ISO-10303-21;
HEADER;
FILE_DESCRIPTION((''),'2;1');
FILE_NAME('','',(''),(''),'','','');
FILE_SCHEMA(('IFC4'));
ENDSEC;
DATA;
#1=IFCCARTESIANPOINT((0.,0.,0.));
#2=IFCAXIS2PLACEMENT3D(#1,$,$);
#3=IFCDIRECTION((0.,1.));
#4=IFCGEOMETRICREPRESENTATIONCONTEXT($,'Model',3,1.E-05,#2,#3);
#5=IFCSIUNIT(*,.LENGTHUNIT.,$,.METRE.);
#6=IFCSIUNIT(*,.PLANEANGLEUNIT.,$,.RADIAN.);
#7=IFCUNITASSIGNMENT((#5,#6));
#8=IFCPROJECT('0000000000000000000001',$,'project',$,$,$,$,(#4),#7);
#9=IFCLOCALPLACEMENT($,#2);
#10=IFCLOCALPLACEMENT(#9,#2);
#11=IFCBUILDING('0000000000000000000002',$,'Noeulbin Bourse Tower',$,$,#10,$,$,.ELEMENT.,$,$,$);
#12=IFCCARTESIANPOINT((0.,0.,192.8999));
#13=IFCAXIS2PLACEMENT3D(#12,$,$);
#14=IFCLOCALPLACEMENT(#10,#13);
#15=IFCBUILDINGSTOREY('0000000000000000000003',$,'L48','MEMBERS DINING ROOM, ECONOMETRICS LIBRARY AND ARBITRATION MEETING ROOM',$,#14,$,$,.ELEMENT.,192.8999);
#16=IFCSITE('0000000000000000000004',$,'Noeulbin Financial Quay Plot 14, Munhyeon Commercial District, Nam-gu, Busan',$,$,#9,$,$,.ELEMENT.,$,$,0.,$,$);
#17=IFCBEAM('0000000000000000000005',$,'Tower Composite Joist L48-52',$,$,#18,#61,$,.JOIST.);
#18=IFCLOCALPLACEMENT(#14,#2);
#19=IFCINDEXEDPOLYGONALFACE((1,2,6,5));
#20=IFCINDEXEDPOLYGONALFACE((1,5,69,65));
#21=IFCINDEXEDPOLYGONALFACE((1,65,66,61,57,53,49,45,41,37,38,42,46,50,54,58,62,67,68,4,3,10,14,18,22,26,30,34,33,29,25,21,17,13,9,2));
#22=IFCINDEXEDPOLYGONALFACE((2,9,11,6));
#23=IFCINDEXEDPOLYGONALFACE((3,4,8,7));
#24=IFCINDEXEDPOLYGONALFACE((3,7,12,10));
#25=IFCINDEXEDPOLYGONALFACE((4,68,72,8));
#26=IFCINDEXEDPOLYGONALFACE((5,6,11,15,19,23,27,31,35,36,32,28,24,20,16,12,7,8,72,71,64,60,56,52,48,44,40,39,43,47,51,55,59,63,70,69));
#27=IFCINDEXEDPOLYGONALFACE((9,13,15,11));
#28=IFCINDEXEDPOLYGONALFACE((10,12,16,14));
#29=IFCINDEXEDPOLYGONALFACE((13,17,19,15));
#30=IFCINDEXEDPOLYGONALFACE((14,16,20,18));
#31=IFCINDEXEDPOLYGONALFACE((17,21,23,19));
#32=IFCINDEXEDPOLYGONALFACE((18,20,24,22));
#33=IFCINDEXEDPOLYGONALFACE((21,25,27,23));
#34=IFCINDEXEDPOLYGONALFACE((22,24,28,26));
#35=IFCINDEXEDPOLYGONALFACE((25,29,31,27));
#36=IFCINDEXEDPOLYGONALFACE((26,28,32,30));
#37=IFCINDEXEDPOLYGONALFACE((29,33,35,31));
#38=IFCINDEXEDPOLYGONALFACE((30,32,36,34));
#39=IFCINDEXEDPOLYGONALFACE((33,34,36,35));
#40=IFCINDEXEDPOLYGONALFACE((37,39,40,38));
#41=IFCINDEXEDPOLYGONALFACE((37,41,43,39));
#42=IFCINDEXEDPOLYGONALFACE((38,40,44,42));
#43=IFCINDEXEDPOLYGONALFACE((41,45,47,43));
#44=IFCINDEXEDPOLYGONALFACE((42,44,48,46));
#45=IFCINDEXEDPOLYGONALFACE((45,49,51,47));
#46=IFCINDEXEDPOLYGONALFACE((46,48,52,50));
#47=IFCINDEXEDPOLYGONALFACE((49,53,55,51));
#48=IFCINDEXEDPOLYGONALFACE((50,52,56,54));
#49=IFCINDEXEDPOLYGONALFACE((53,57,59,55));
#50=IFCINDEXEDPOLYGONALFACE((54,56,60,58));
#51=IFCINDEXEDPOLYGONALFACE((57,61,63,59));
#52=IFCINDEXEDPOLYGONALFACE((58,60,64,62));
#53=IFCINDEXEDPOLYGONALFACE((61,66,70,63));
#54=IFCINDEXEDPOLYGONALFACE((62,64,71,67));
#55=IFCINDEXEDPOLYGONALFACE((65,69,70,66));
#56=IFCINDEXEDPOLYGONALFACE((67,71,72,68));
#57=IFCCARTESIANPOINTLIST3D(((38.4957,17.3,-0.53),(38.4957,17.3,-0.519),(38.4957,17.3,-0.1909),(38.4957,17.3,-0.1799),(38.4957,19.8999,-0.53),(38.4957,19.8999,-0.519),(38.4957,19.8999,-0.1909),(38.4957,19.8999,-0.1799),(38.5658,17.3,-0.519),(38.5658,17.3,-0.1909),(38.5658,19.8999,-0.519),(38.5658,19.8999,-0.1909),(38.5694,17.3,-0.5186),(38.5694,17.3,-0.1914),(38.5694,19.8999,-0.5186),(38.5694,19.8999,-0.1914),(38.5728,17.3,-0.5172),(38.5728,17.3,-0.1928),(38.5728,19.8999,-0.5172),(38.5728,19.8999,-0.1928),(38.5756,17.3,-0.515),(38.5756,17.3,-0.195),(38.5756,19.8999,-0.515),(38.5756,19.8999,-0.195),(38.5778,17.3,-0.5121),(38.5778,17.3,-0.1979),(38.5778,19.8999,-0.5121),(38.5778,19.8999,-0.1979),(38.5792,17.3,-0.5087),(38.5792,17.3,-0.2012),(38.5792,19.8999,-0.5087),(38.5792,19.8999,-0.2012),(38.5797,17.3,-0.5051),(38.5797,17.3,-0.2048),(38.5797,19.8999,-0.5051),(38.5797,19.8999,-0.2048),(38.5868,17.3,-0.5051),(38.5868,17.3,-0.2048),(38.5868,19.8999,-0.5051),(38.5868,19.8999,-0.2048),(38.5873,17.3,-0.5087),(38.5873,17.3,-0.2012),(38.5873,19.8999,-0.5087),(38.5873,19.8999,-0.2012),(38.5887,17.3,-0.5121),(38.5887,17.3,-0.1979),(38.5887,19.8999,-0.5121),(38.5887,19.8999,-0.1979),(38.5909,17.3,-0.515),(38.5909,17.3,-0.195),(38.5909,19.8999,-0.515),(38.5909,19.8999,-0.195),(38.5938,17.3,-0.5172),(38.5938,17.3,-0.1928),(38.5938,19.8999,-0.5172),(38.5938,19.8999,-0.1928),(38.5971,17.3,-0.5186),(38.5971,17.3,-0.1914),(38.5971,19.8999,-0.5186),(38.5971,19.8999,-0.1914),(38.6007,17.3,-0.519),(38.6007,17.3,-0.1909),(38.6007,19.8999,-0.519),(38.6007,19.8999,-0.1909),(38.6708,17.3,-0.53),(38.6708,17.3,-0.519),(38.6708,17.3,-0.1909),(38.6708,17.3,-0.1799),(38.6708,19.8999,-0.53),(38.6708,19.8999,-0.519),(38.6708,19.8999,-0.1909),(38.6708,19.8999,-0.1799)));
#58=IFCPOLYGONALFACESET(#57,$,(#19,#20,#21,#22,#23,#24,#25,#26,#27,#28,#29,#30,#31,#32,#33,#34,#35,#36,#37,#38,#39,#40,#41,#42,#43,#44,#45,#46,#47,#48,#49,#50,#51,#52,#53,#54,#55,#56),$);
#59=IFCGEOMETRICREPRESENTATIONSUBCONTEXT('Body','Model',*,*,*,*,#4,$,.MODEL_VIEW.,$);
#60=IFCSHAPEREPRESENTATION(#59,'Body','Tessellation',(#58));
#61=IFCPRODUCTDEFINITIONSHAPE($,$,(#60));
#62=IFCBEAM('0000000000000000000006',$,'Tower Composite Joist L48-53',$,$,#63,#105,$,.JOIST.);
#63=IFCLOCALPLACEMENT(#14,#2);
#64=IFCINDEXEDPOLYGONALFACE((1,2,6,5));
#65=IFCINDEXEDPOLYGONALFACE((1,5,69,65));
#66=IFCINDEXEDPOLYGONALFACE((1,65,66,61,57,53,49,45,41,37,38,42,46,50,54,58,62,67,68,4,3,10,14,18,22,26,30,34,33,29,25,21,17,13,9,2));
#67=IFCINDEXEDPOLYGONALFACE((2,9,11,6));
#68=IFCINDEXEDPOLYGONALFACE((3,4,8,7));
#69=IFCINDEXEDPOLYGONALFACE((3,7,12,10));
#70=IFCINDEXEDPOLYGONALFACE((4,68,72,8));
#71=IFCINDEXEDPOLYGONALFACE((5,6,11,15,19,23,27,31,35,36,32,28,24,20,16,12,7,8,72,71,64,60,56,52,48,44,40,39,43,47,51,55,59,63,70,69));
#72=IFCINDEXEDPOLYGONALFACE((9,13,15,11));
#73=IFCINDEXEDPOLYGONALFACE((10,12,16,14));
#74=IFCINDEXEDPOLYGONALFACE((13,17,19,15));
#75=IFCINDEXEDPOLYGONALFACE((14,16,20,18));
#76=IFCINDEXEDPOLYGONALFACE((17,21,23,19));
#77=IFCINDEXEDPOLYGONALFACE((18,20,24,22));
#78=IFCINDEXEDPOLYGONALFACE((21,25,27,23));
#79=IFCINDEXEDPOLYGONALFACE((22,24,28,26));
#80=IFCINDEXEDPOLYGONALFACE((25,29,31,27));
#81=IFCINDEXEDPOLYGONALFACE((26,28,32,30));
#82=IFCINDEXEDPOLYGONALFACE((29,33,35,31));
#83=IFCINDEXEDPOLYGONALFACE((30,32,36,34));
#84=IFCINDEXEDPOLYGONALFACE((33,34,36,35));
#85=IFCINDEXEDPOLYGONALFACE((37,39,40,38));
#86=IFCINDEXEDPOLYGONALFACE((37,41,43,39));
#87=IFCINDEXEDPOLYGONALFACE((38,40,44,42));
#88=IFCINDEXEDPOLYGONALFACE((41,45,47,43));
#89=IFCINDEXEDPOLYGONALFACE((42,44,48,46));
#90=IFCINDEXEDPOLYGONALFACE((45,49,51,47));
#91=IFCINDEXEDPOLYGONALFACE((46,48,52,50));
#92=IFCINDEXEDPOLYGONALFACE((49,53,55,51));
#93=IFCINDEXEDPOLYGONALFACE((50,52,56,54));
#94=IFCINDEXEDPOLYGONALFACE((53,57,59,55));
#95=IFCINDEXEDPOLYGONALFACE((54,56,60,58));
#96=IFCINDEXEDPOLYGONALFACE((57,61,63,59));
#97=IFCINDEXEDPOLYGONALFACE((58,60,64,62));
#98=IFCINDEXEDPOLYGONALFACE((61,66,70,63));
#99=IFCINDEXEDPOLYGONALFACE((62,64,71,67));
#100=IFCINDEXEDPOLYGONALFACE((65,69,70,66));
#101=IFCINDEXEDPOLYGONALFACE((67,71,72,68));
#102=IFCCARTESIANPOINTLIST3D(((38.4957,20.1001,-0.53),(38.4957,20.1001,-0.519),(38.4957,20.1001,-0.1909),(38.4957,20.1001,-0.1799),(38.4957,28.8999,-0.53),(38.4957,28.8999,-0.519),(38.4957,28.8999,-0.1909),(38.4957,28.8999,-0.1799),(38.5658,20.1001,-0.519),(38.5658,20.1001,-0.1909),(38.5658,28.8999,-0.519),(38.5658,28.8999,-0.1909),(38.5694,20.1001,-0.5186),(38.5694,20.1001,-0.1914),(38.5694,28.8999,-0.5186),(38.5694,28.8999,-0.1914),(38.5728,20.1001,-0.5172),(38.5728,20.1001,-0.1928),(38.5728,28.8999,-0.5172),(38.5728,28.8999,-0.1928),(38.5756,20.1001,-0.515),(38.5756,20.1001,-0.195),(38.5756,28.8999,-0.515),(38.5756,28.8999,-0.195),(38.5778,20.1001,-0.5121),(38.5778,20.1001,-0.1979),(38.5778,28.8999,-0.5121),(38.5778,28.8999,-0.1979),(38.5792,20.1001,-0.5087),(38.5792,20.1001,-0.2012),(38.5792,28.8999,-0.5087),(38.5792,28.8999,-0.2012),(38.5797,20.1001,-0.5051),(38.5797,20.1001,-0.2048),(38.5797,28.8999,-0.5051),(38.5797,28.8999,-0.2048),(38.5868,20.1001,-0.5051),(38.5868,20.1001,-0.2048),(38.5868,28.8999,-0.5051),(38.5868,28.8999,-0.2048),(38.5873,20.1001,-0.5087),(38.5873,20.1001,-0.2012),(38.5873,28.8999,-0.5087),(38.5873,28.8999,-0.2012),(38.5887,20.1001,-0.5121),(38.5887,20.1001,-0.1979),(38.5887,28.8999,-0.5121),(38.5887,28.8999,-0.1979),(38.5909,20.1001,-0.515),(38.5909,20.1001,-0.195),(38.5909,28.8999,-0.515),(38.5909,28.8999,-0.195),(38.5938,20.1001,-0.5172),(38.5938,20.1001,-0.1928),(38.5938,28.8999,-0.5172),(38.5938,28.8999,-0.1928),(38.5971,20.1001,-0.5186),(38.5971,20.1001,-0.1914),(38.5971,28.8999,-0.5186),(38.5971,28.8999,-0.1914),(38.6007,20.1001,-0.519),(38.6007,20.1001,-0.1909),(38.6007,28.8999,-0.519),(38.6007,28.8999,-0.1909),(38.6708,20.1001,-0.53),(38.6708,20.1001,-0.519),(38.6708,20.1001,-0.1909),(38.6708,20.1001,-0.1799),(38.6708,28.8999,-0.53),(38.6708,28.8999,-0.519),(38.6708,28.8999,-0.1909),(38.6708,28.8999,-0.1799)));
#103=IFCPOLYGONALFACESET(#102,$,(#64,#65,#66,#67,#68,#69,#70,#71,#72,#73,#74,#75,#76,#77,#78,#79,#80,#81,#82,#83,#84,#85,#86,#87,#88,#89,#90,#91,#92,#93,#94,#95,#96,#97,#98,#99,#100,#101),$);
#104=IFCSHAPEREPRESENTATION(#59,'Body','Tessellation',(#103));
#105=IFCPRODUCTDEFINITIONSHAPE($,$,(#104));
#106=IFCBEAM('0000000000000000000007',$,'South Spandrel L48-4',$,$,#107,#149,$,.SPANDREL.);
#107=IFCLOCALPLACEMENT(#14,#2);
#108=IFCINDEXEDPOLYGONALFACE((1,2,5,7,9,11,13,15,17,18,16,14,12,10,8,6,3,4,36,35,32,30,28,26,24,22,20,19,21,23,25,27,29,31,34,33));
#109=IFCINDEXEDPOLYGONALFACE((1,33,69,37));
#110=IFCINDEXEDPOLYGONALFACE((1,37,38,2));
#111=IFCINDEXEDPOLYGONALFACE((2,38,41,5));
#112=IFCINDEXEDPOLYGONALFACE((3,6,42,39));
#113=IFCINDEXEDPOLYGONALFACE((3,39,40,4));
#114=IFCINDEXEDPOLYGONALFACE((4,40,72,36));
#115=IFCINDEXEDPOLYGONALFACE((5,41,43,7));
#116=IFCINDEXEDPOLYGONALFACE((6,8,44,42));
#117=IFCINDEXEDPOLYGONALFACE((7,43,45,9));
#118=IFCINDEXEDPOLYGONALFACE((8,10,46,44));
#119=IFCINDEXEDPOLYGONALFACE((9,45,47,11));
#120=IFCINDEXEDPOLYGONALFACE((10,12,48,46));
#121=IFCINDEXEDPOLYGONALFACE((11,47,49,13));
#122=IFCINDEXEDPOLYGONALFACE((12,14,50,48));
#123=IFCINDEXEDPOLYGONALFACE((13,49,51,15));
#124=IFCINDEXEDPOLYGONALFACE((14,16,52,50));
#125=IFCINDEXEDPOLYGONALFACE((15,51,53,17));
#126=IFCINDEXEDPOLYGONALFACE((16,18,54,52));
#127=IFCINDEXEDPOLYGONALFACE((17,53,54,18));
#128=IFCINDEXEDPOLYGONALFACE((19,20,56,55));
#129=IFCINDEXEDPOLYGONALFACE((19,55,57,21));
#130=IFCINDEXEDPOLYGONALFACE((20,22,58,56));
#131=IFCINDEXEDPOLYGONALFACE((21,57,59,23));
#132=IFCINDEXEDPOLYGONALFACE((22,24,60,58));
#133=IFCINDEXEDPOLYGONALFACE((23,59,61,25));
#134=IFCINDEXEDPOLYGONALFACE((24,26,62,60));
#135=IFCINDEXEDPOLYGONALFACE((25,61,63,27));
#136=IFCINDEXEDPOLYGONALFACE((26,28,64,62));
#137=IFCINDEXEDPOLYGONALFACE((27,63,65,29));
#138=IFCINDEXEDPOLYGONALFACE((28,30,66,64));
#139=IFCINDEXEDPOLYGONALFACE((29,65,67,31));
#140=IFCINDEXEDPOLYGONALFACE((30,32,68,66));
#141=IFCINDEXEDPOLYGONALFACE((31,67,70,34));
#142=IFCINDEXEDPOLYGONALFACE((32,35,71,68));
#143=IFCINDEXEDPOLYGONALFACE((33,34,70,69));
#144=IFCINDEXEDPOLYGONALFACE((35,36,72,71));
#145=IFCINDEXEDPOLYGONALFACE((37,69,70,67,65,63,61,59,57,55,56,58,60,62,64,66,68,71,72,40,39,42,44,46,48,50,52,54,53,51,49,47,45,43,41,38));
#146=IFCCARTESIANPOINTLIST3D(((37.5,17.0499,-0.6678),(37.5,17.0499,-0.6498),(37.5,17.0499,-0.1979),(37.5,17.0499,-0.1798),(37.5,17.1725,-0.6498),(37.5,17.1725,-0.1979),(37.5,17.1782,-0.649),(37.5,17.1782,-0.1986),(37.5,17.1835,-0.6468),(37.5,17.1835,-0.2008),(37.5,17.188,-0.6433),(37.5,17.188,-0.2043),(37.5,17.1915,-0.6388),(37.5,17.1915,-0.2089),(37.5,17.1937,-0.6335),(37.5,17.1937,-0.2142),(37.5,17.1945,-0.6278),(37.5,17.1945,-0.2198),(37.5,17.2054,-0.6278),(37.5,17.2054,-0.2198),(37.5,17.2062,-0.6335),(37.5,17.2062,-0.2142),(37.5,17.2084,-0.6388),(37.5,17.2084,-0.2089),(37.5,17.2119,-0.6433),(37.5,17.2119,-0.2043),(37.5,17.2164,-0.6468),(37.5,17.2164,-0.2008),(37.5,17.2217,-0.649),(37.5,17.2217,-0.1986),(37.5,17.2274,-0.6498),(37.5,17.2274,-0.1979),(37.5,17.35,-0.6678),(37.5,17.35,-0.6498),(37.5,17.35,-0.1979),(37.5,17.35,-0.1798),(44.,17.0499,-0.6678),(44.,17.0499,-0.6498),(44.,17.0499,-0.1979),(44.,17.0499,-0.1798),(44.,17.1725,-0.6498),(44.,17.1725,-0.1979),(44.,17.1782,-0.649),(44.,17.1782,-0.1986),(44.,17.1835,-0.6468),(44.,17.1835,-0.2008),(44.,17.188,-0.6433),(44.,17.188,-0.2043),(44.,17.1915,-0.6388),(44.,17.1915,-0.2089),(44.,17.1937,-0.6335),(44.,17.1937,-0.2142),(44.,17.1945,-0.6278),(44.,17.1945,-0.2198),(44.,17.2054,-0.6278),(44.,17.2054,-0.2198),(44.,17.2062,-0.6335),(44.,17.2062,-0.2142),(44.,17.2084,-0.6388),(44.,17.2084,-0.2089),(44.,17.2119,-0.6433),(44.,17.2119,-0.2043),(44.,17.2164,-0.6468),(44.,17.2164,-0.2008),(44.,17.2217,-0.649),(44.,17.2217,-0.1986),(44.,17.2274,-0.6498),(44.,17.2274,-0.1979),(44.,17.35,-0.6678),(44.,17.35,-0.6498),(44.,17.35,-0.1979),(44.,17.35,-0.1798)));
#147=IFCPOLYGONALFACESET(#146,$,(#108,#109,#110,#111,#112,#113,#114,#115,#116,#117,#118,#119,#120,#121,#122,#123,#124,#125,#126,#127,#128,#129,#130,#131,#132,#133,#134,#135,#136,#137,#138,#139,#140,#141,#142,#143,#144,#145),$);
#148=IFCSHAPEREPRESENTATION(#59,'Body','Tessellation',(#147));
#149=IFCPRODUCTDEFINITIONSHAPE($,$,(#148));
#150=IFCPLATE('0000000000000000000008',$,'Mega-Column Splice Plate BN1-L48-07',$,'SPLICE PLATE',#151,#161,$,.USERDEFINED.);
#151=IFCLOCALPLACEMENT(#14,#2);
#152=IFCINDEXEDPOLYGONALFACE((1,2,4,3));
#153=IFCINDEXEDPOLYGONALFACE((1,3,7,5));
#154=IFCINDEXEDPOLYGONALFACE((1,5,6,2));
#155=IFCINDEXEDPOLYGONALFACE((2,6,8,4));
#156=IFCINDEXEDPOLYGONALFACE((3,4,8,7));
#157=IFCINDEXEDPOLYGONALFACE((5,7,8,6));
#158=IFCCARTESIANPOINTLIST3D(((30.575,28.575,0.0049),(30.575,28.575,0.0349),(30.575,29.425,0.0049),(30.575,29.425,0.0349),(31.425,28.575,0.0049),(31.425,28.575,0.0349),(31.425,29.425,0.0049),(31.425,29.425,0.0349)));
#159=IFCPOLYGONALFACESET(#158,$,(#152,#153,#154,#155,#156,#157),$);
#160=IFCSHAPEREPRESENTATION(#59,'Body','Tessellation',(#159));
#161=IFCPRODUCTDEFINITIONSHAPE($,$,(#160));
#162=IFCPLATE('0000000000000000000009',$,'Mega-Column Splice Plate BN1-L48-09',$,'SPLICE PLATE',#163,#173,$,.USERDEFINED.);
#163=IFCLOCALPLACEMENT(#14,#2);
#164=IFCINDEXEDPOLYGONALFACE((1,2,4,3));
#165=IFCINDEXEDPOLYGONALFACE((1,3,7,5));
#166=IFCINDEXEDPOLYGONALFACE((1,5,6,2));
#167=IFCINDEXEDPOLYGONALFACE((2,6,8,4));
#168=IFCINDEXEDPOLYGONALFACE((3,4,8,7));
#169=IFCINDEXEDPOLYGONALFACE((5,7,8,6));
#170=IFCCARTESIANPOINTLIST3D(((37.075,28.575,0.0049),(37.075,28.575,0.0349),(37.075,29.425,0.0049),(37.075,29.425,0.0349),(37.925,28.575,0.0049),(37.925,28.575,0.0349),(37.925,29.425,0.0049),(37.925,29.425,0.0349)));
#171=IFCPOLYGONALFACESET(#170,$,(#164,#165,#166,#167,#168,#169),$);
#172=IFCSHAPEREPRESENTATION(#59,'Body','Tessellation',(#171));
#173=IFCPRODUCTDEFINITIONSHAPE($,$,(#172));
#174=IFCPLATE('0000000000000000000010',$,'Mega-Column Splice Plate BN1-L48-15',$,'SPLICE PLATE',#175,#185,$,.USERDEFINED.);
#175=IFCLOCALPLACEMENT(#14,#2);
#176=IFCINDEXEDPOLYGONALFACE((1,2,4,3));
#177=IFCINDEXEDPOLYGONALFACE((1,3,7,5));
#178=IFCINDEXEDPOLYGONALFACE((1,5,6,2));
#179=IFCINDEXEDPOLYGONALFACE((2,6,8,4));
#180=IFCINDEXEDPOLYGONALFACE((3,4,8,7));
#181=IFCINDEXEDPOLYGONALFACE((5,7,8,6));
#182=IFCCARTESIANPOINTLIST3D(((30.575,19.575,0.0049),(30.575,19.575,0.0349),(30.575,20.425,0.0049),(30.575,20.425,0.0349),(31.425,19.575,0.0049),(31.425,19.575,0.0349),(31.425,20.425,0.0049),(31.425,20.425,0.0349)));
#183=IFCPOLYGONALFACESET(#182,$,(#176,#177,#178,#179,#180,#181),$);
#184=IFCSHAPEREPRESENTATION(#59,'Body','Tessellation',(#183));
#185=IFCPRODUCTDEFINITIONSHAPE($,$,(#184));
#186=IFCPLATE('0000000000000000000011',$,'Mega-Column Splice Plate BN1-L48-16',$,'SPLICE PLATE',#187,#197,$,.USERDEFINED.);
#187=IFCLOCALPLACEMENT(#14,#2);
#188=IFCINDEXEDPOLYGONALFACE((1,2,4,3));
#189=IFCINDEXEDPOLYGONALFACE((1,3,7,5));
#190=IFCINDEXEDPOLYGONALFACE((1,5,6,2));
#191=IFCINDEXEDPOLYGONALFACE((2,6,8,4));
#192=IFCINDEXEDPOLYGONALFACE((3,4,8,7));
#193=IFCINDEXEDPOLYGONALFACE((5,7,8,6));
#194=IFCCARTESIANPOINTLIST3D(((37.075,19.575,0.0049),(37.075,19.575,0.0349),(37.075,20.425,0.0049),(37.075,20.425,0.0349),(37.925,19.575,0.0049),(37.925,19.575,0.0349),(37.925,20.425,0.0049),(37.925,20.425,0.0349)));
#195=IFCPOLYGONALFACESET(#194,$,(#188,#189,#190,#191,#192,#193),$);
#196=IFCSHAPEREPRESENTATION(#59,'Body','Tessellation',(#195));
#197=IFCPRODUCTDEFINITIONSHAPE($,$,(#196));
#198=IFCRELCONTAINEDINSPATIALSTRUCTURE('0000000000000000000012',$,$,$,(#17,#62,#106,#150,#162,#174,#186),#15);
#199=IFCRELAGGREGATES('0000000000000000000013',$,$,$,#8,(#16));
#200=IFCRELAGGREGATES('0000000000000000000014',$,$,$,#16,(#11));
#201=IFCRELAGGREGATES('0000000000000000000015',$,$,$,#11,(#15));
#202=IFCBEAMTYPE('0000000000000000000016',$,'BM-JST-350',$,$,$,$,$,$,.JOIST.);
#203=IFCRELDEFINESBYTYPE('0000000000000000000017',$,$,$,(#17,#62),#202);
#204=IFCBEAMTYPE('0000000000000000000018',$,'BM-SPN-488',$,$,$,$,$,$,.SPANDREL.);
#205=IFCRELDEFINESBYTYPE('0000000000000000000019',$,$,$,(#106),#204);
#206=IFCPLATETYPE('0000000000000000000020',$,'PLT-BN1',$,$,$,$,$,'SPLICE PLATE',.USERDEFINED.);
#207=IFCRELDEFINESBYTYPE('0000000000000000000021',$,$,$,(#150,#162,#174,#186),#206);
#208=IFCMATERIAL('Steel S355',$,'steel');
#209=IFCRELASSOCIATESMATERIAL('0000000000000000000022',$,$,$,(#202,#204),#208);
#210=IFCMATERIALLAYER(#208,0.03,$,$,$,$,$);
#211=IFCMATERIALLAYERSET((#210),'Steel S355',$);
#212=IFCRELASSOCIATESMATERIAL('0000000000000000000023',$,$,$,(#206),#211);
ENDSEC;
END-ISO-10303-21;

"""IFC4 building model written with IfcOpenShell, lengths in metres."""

from ifc_helpers import new_model, si_unit, direction, frame, origin, origin_2d, place, context, subcontext, project, spatial, rectangle, i_section, extrude, material, layer, layer_set, material_profile, profile_set, type_object, element, save


model = new_model("IFC4")

# Units and contexts
model_context = context("Model", 3, precision=1e-05, world=origin(), true_north=direction((0.0, 1.0)))
body_context = subcontext(model_context, "Body", "Model", "MODEL_VIEW")
ifc_project = project(units=[si_unit("LENGTHUNIT", "METRE"), si_unit("PLANEANGLEUNIT", "RADIAN")], contexts=[model_context])

# Site, building, storey
site_placement = place(None, origin())
site = spatial("IfcSite", under=ifc_project, at=site_placement, Name="Noeulbin Financial Quay Plot 14, Munhyeon Commercial District, Nam-gu, Busan", CompositionType="ELEMENT", RefElevation=0.0)
building_placement = place(site_placement, origin())
building = spatial("IfcBuilding", under=site, at=building_placement, Name="Noeulbin Bourse Tower", CompositionType="ELEMENT")
storey_placement = place(building_placement, frame((0.0, 0.0, 192.8999)))
storey = spatial("IfcBuildingStorey", under=building, at=storey_placement, Name="L48", Description="MEMBERS DINING ROOM, ECONOMETRICS LIBRARY AND ARBITRATION MEETING ROOM", CompositionType="ELEMENT", Elevation=192.8999)

# Beams
ifc_material_1 = material(Name="Steel S355", Category="steel")
ifc_material_profile_1 = material_profile(ifc_material_1, i_section(OverallWidth=0.175, OverallDepth=0.3501, WebThickness=0.0071, FlangeThickness=0.011, FilletRadius=0.0139, at=origin_2d()), Name="H-350x175x7x11", Category="LoadBearing")
ifc_profile_set_1 = profile_set([ifc_material_profile_1], Name="Steel S355")
beam_type_1 = type_object("IfcBeamType", Name="BM-JST-350", PredefinedType="JOIST", material=ifc_profile_set_1)
beam_1_placement = place(storey_placement, frame((38.5833, 17.3, -0.355), z_axis=(0.0, 1.0, 0.0), x_axis=(-1.0, 0.0, 0.0)))
element("IfcBeam", 1, at=beam_1_placement, inside=storey, type_object=beam_type_1, Name="Tower Composite Joist L48-52", PredefinedType="JOIST", context=body_context, shape_type="SweptSolid", body=[
    extrude(i_section(OverallWidth=0.175, OverallDepth=0.3501, WebThickness=0.0071, FlangeThickness=0.011, FilletRadius=0.0139, at=origin_2d()), origin(), (0.0, 0.0, 1.0), 2.5999),
])
beam_2_placement = place(storey_placement, frame((38.5833, 20.1001, -0.355), z_axis=(0.0, 1.0, 0.0), x_axis=(-1.0, 0.0, 0.0)))
element("IfcBeam", 2, at=beam_2_placement, inside=storey, type_object=beam_type_1, Name="Tower Composite Joist L48-53", PredefinedType="JOIST", context=body_context, shape_type="SweptSolid", body=[
    extrude(i_section(OverallWidth=0.175, OverallDepth=0.3501, WebThickness=0.0071, FlangeThickness=0.011, FilletRadius=0.0139, at=origin_2d()), origin(), (0.0, 0.0, 1.0), 8.7998),
])
ifc_material_profile_2 = material_profile(ifc_material_1, i_section(OverallWidth=0.3, OverallDepth=0.488, WebThickness=0.011, FlangeThickness=0.0181, FilletRadius=0.022, at=origin_2d()), Name="H-488x300x11x18", Category="LoadBearing")
ifc_profile_set_2 = profile_set([ifc_material_profile_2], Name="Steel S355")
beam_type_2 = type_object("IfcBeamType", Name="BM-SPN-488", PredefinedType="SPANDREL", material=ifc_profile_set_2)
beam_3_placement = place(storey_placement, frame((37.5, 17.2, -0.4238), z_axis=(1.0, 0.0, 0.0), x_axis=(0.0, 1.0, 0.0)))
element("IfcBeam", 3, at=beam_3_placement, inside=storey, type_object=beam_type_2, Name="South Spandrel L48-4", PredefinedType="SPANDREL", context=body_context, shape_type="SweptSolid", body=[
    extrude(i_section(OverallWidth=0.3, OverallDepth=0.488, WebThickness=0.011, FlangeThickness=0.0181, FilletRadius=0.022, at=origin_2d()), origin(), (0.0, 0.0, 1.0), 6.5),
])

# Plates
ifc_layer_1 = layer(ifc_material_1, 0.03)
ifc_layer_set_1 = layer_set([ifc_layer_1], Name="Steel S355")
plate_type = type_object("IfcPlateType", Name="PLT-BN1", ElementType="SPLICE PLATE", PredefinedType="USERDEFINED", material=ifc_layer_set_1)
for number, where, z_axis, x_axis, name in (
    (4, (31.0, 29.0, 0.0049), (0.0, 0.0, 1.0), (1.0, 0.0, 0.0), "Mega-Column Splice Plate BN1-L48-07"),
    (5, (37.5, 29.0, 0.0049), (0.0, 0.0, 1.0), (1.0, 0.0, 0.0), "Mega-Column Splice Plate BN1-L48-09"),
    (6, (31.0, 20.0, 0.0049), (0.0, 0.0, 1.0), (1.0, 0.0, 0.0), "Mega-Column Splice Plate BN1-L48-15"),
    (7, (37.5, 20.0, 0.0049), (0.0, 0.0, 1.0), (1.0, 0.0, 0.0), "Mega-Column Splice Plate BN1-L48-16"),
):
    element("IfcPlate", number, at=place(storey_placement, frame(where, z_axis=z_axis, x_axis=x_axis)), inside=storey, type_object=plate_type, Name=name, ObjectType="SPLICE PLATE", PredefinedType="USERDEFINED", context=body_context, shape_type="SweptSolid", body=[
        extrude(rectangle(XDim=0.8501, YDim=0.8501, at=origin_2d()), origin(), (0.0, 0.0, 1.0), 0.03),
    ])

save(model, "model.ifc")
